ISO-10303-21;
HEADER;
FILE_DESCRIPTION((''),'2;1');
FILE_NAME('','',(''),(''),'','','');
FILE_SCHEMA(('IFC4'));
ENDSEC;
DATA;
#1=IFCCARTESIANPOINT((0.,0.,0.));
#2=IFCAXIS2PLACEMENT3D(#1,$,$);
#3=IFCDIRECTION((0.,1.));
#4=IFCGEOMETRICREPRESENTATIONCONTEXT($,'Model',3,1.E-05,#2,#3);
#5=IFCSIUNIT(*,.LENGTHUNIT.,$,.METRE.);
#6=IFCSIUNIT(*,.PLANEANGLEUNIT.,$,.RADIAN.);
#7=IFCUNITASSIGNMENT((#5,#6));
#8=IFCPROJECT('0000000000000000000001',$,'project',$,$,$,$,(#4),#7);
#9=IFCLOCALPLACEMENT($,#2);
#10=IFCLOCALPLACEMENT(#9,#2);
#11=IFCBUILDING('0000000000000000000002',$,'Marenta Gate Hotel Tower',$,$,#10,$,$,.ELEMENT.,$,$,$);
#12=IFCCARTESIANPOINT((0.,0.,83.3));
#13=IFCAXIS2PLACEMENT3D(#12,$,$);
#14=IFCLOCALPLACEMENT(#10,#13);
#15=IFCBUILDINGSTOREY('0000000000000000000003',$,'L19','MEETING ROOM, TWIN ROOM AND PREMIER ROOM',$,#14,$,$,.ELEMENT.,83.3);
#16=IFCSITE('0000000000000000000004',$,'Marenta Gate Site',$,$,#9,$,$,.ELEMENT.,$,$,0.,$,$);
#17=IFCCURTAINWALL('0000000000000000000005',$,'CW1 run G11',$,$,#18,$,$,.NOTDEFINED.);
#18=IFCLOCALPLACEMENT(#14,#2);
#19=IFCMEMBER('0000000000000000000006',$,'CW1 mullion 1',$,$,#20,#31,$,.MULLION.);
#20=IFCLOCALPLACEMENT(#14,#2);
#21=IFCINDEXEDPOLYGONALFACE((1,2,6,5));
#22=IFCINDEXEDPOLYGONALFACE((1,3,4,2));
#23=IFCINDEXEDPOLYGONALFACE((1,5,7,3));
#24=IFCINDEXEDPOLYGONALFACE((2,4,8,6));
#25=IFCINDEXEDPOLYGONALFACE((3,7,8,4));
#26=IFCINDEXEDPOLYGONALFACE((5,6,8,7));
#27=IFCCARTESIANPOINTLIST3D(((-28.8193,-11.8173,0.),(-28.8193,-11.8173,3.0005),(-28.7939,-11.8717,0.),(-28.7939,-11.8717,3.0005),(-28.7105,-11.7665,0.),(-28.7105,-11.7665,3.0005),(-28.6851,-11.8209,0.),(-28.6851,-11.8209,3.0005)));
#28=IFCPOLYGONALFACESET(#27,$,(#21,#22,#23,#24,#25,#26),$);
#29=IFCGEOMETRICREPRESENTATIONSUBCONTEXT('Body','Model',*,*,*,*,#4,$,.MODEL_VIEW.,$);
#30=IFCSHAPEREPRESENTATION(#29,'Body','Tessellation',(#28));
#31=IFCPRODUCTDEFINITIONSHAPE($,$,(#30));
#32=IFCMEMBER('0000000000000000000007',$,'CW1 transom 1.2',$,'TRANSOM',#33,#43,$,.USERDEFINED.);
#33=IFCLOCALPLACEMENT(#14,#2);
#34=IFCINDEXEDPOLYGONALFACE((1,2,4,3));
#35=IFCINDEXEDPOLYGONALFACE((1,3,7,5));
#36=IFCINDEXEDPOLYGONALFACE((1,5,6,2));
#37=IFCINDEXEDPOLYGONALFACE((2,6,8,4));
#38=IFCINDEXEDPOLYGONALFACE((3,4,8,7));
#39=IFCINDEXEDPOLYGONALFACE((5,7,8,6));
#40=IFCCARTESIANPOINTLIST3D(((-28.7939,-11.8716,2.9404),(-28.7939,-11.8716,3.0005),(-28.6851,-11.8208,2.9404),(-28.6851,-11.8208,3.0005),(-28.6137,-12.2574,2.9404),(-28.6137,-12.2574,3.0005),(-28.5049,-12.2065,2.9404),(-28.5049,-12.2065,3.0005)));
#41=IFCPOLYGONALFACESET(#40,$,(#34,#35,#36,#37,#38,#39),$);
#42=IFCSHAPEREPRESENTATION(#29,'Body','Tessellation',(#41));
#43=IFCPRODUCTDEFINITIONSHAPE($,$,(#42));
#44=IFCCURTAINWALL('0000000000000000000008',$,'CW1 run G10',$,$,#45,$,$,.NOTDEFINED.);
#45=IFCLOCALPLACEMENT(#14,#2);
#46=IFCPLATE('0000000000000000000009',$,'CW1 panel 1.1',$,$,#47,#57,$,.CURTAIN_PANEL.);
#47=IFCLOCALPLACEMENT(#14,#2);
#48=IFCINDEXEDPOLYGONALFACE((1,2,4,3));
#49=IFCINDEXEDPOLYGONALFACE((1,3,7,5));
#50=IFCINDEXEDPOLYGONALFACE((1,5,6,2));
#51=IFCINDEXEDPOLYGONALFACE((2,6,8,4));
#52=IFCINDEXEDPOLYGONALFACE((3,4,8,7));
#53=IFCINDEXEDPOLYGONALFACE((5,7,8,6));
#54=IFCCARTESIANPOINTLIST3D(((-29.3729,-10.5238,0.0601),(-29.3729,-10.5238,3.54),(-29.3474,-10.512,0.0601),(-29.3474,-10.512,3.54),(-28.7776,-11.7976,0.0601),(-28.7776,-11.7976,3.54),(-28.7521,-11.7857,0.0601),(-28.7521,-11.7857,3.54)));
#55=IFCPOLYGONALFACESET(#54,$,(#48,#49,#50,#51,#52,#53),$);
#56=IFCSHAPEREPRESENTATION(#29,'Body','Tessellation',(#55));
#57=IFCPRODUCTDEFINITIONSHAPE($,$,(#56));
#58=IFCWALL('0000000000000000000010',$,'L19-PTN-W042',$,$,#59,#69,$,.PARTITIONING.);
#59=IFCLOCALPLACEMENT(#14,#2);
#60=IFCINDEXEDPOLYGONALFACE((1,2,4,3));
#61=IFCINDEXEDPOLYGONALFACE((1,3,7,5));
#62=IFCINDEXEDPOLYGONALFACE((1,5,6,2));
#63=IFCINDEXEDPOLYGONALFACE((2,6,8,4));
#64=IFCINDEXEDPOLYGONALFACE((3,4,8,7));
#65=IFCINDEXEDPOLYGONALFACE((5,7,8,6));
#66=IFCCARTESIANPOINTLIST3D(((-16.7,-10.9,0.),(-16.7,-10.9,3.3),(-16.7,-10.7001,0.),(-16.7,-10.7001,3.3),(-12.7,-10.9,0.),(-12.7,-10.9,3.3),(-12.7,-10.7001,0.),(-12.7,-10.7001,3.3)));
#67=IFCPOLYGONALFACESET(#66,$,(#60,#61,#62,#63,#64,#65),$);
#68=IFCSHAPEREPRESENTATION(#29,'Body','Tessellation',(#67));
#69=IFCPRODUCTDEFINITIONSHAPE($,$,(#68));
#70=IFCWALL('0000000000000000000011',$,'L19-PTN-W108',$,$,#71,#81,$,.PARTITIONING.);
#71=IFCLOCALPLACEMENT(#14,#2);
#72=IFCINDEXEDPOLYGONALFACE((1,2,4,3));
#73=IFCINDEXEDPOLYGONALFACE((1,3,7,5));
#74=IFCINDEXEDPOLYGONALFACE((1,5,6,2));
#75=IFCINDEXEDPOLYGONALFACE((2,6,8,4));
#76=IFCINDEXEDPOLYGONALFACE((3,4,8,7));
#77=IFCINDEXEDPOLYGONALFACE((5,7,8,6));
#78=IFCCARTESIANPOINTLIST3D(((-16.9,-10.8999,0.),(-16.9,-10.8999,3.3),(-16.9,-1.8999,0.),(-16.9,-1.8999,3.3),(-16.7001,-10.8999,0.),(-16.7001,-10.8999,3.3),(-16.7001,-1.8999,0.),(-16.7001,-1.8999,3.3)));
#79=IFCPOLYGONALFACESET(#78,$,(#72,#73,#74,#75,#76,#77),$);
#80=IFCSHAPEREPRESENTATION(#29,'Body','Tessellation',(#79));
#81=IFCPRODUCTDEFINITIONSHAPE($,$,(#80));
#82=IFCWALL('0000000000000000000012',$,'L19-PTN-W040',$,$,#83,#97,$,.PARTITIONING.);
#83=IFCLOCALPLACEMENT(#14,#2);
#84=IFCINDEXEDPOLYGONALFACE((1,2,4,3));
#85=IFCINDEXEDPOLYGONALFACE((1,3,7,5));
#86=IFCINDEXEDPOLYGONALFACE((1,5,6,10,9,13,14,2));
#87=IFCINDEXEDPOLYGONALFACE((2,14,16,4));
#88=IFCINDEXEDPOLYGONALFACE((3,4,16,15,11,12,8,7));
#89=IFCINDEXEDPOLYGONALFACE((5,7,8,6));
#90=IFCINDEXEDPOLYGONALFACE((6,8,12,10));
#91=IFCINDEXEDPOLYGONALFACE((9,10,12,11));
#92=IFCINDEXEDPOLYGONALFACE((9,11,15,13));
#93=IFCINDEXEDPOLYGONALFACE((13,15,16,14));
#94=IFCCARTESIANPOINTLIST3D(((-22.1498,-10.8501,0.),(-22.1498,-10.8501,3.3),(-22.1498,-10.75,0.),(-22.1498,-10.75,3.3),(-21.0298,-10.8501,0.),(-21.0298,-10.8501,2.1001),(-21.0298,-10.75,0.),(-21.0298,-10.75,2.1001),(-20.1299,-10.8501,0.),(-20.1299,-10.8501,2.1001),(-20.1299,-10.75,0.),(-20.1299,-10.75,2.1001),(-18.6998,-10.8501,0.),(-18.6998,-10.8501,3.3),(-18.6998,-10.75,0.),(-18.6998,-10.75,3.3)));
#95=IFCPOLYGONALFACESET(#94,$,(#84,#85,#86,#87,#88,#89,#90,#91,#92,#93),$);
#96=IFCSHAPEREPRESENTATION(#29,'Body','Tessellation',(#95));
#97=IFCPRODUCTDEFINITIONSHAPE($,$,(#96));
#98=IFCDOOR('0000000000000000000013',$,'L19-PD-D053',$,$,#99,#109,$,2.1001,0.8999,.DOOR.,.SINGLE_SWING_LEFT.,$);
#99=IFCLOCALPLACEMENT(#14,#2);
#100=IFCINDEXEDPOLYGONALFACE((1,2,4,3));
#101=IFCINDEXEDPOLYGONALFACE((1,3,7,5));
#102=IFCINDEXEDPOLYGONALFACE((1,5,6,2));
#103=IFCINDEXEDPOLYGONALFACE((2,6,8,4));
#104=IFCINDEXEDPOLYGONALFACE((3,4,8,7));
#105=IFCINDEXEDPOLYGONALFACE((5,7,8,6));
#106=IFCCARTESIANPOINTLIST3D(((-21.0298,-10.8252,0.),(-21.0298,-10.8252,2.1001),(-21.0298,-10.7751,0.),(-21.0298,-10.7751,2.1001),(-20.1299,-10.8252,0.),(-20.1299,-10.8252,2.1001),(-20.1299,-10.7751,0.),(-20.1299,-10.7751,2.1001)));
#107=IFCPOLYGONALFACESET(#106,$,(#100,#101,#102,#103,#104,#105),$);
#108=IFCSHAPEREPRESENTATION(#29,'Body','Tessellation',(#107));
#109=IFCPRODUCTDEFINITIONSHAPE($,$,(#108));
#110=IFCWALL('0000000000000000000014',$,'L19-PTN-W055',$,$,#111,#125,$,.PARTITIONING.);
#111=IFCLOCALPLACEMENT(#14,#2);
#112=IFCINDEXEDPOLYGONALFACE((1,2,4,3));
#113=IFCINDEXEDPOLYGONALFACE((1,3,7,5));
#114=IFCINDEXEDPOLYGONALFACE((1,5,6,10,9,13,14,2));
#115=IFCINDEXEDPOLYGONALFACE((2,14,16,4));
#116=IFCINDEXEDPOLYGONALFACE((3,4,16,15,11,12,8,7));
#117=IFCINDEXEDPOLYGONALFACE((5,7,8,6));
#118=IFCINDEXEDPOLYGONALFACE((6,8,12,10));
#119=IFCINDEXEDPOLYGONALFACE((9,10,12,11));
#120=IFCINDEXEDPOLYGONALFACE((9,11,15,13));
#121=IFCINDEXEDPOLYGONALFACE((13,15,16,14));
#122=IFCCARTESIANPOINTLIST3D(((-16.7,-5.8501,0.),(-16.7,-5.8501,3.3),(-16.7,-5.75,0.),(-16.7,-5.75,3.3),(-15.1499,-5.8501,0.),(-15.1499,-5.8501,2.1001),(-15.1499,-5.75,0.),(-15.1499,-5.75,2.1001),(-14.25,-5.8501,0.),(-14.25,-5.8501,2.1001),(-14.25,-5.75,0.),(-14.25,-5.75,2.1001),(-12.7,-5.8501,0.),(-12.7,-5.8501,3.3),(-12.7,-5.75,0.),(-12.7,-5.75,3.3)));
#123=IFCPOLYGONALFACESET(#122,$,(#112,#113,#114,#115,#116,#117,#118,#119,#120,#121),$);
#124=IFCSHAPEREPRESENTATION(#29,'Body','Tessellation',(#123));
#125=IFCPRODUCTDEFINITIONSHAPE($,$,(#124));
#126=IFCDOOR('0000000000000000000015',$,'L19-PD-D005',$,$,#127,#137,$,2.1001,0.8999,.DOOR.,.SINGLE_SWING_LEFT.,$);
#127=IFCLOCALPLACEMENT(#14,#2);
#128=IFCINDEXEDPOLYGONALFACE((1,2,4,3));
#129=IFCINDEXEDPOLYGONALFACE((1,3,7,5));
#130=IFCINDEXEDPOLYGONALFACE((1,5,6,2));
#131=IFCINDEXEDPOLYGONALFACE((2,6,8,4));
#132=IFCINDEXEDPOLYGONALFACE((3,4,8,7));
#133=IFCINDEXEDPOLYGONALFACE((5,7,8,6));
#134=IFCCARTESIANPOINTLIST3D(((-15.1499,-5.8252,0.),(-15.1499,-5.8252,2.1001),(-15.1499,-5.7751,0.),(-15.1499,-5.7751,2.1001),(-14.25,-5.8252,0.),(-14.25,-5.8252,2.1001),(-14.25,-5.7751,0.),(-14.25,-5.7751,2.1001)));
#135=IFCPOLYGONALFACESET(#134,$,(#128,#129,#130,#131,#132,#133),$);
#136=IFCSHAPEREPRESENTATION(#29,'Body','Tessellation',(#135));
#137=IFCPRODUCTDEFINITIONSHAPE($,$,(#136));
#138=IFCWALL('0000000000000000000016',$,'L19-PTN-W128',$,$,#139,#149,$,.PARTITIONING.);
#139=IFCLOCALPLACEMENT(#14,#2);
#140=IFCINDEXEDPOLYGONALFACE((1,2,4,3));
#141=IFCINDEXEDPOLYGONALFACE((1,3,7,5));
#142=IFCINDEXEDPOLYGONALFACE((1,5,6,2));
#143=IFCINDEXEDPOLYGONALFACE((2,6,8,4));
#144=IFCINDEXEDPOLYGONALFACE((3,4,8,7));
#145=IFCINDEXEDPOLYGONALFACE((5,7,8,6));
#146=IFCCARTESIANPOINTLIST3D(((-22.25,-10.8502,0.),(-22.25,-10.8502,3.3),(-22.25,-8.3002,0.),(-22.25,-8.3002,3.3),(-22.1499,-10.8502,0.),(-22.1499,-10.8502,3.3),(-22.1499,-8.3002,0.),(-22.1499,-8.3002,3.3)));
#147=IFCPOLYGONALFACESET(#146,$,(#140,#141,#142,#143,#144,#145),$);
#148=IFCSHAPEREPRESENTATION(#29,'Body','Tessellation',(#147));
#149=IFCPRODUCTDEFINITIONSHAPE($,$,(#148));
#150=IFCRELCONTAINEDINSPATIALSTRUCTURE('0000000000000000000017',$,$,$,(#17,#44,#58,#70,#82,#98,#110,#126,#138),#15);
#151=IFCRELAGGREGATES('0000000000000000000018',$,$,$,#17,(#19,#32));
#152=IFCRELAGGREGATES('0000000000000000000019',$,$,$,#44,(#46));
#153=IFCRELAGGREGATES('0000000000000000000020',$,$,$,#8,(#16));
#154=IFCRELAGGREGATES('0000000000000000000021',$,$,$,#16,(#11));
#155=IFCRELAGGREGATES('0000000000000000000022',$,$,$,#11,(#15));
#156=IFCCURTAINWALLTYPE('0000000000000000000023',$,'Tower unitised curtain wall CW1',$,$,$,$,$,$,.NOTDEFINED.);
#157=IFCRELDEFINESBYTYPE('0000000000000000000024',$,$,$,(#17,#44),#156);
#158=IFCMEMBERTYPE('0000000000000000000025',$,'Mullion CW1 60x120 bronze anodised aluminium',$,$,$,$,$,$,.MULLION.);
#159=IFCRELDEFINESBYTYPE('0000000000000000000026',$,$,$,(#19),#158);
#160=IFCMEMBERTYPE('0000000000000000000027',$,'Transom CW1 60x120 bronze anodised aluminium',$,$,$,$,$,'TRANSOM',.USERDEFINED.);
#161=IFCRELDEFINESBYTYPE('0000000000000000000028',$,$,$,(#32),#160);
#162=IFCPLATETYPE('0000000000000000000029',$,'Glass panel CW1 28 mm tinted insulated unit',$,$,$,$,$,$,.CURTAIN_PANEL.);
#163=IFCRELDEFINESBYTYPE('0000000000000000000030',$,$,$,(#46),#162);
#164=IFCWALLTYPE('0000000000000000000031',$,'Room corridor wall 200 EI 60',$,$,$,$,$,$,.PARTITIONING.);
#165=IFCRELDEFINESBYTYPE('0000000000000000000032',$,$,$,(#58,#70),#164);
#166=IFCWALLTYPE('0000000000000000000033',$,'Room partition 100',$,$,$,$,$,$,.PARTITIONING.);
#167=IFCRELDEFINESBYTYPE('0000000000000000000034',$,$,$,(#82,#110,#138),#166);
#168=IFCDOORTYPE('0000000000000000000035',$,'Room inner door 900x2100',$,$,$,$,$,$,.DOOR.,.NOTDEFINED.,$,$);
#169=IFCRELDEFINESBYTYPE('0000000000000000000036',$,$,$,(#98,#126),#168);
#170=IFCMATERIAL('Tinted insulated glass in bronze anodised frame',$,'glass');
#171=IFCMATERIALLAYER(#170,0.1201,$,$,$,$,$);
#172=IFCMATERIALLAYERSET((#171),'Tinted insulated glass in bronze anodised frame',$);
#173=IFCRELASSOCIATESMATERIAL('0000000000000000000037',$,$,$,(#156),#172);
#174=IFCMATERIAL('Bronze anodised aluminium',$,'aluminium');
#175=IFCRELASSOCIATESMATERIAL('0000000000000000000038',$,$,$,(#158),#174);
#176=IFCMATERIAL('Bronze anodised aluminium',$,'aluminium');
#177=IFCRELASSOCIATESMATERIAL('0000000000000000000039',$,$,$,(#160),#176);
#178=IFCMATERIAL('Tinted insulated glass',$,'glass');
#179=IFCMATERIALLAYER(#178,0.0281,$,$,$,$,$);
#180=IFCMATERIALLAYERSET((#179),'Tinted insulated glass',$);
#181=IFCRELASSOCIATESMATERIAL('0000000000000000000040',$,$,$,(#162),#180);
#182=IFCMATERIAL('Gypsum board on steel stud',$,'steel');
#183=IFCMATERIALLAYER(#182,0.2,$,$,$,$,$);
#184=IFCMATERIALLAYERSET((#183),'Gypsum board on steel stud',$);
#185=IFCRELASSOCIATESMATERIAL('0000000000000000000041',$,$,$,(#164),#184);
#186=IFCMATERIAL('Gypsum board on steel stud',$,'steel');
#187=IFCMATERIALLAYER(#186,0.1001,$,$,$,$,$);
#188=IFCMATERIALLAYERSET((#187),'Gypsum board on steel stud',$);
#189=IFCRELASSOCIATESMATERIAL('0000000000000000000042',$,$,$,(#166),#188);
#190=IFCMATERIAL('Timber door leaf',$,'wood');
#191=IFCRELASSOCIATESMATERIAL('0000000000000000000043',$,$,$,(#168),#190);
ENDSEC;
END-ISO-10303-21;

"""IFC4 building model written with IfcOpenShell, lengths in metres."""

from ifc_helpers import new_model, si_unit, direction, frame, frame_2d, origin, origin_2d, place, context, subcontext, project, spatial, rectangle, extrude, material, layer, layer_set, material_profile, profile_set, type_object, element, fill, aggregate, save


model = new_model("IFC4")

# Units and contexts
model_context = context("Model", 3, precision=1e-05, world=origin(), true_north=direction((0.0, 1.0)))
body_context = subcontext(model_context, "Body", "Model", "MODEL_VIEW")
ifc_project = project(units=[si_unit("LENGTHUNIT", "METRE"), si_unit("PLANEANGLEUNIT", "RADIAN")], contexts=[model_context])

# Site, building, storey
site_placement = place(None, origin())
site = spatial("IfcSite", under=ifc_project, at=site_placement, Name="Marenta Gate Site", CompositionType="ELEMENT", RefElevation=0.0)
building_placement = place(site_placement, origin())
building = spatial("IfcBuilding", under=site, at=building_placement, Name="Marenta Gate Hotel Tower", CompositionType="ELEMENT")
storey_placement = place(building_placement, frame((0.0, 0.0, 83.3)))
storey = spatial("IfcBuildingStorey", under=building, at=storey_placement, Name="L19", Description="MEETING ROOM, TWIN ROOM AND PREMIER ROOM", CompositionType="ELEMENT", Elevation=83.3)

# Curtain wall, members
ifc_material_1 = material(Name="Tinted insulated glass in bronze anodised frame", Category="glass")
ifc_layer_1 = layer(ifc_material_1, 0.1201)
ifc_layer_set_1 = layer_set([ifc_layer_1], Name="Tinted insulated glass in bronze anodised frame")
curtain_wall_type = type_object("IfcCurtainWallType", Name="Tower unitised curtain wall CW1", PredefinedType="NOTDEFINED", material=ifc_layer_set_1)
curtain_wall_1_placement = place(storey_placement, origin())
curtain_wall_1 = element("IfcCurtainWall", 1, at=curtain_wall_1_placement, inside=storey, type_object=curtain_wall_type, Name="CW1 run G11", PredefinedType="NOTDEFINED")
ifc_material_2 = material(Name="Bronze anodised aluminium", Category="aluminium")
ifc_material_profile_1 = material_profile(ifc_material_2, rectangle(XDim=0.1201, YDim=0.0601, at=origin_2d()), Name="Mullion CW1 60x120 bronze anodised aluminium")
ifc_profile_set_1 = profile_set([ifc_material_profile_1], Name="Bronze anodised aluminium")
member_type_1 = type_object("IfcMemberType", Name="Mullion CW1 60x120 bronze anodised aluminium", PredefinedType="MULLION", material=ifc_profile_set_1)
member_1_placement = place(storey_placement, frame((-28.7522, -11.8191, 0.0), z_axis=(0.0, 0.0, 1.0), x_axis=(0.905967, 0.423347, 0.0)))
member_1 = element("IfcMember", 2, at=member_1_placement, type_object=member_type_1, Name="CW1 mullion 1", PredefinedType="MULLION", context=body_context, shape_type="SweptSolid", body=[
    extrude(rectangle(XDim=0.1201, YDim=0.0601, at=origin_2d()), origin(), (0.0, 0.0, 1.0), 3.0005),
])
ifc_material_3 = material(Name="Bronze anodised aluminium", Category="aluminium")
ifc_material_profile_2 = material_profile(ifc_material_3, rectangle(XDim=0.1201, YDim=0.0601, at=origin_2d()), Name="Transom CW1 60x120 bronze anodised aluminium")
ifc_profile_set_2 = profile_set([ifc_material_profile_2], Name="Bronze anodised aluminium")
member_type_2 = type_object("IfcMemberType", Name="Transom CW1 60x120 bronze anodised aluminium", ElementType="TRANSOM", PredefinedType="USERDEFINED", material=ifc_profile_set_2)
member_2_placement = place(storey_placement, frame((-28.7395, -11.8462, 2.9705), z_axis=(0.423199, -0.906037, 0.0), x_axis=(0.906037, 0.423199, 0.0)))
member_2 = element("IfcMember", 3, at=member_2_placement, type_object=member_type_2, Name="CW1 transom 1.2", ObjectType="TRANSOM", PredefinedType="USERDEFINED", context=body_context, shape_type="SweptSolid", body=[
    extrude(rectangle(XDim=0.1201, YDim=0.0601, at=origin_2d()), origin(), (0.0, 0.0, 1.0), 0.4258),
])
aggregate(curtain_wall_1, [member_1, member_2])

# Curtain wall, plate
curtain_wall_2_placement = place(storey_placement, origin())
curtain_wall_2 = element("IfcCurtainWall", 4, at=curtain_wall_2_placement, inside=storey, type_object=curtain_wall_type, Name="CW1 run G10", PredefinedType="NOTDEFINED")
ifc_material_4 = material(Name="Tinted insulated glass", Category="glass")
ifc_layer_2 = layer(ifc_material_4, 0.0281)
ifc_layer_set_2 = layer_set([ifc_layer_2], Name="Tinted insulated glass")
plate_type = type_object("IfcPlateType", Name="Glass panel CW1 28 mm tinted insulated unit", PredefinedType="CURTAIN_PANEL", material=ifc_layer_set_2)
plate_placement = place(storey_placement, frame((-29.0625, -11.1548, 0.0601), z_axis=(0.0, 0.0, 1.0), x_axis=(0.423375, -0.905955, 0.0)))
plate = element("IfcPlate", 5, at=plate_placement, type_object=plate_type, Name="CW1 panel 1.1", PredefinedType="CURTAIN_PANEL", context=body_context, shape_type="SweptSolid", body=[
    extrude(rectangle(XDim=1.406, YDim=0.0281, at=origin_2d()), origin(), (0.0, 0.0, 1.0), 3.48),
])
aggregate(curtain_wall_2, [plate])

# Wall
ifc_material_5 = material(Name="Gypsum board on steel stud", Category="steel")
ifc_layer_3 = layer(ifc_material_5, 0.2)
ifc_layer_set_3 = layer_set([ifc_layer_3], Name="Gypsum board on steel stud")
wall_type_1 = type_object("IfcWallType", Name="Room corridor wall 200 EI 60", PredefinedType="PARTITIONING", material=ifc_layer_set_3)
wall_1_placement = place(storey_placement, frame((-16.7, -10.8, 0.0), z_axis=(0.0, 0.0, 1.0), x_axis=(1.0, 0.0, 0.0)))
element("IfcWall", 6, at=wall_1_placement, inside=storey, type_object=wall_type_1, Name="L19-PTN-W042", PredefinedType="PARTITIONING", context=body_context, shape_type="SweptSolid", body=[
    extrude(rectangle(XDim=4.0, YDim=0.2, at=frame_2d((2.0, 0.0))), origin(), (0.0, 0.0, 1.0), 3.3),
])

# Wall
wall_2_placement = place(storey_placement, frame((-16.8, -10.8999, 0.0), z_axis=(0.0, 0.0, 1.0), x_axis=(0.0, 1.0, 0.0)))
element("IfcWall", 7, at=wall_2_placement, inside=storey, type_object=wall_type_1, Name="L19-PTN-W108", PredefinedType="PARTITIONING", context=body_context, shape_type="SweptSolid", body=[
    extrude(rectangle(XDim=9.0, YDim=0.2, at=frame_2d((4.5, 0.0))), origin(), (0.0, 0.0, 1.0), 3.3),
])

# Walls, openings, doors
ifc_material_6 = material(Name="Gypsum board on steel stud", Category="steel")
ifc_layer_4 = layer(ifc_material_6, 0.1001)
ifc_layer_set_4 = layer_set([ifc_layer_4], Name="Gypsum board on steel stud")
wall_type_2 = type_object("IfcWallType", Name="Room partition 100", PredefinedType="PARTITIONING", material=ifc_layer_set_4)
wall_3_placement = place(storey_placement, frame((-22.1499, -10.8, 0.0), z_axis=(0.0, 0.0, 1.0), x_axis=(1.0, 0.0, 0.0)))
wall_3 = element("IfcWall", 8, at=wall_3_placement, inside=storey, type_object=wall_type_2, Name="L19-PTN-W040", PredefinedType="PARTITIONING", context=body_context, shape_type="SweptSolid", body=[
    extrude(rectangle(XDim=3.45, YDim=0.1001, at=frame_2d((1.7251, 0.0))), origin(), (0.0, 0.0, 1.0), 3.3),
])
opening_1_placement = place(wall_3_placement, frame((1.1201, 0.0, 0.0)))
opening_1 = element("IfcOpeningElement", 9, at=opening_1_placement, cuts=wall_3, PredefinedType="OPENING", context=body_context, shape_type="SweptSolid", body=[
    extrude(rectangle(XDim=0.8999, YDim=2.1001, at=frame_2d((0.45, 1.05))), frame((0.0, 0.05, 0.0), z_axis=(0.0, -1.0, 0.0), x_axis=(1.0, 0.0, 0.0)), (0.0, 0.0, 1.0), 0.1001),
])
ifc_material_7 = material(Name="Timber door leaf", Category="wood")
door_type_1 = type_object("IfcDoorType", Name="Room inner door 900x2100", OperationType="NOTDEFINED", PredefinedType="DOOR", material=ifc_material_7)
door_1_placement = place(opening_1_placement, origin())
door_1 = element("IfcDoor", 10, at=door_1_placement, inside=storey, type_object=door_type_1, Name="L19-PD-D053", OperationType="SINGLE_SWING_LEFT", OverallHeight=2.1001, OverallWidth=0.8999, PredefinedType="DOOR", context=body_context, shape_type="SweptSolid", body=[
    extrude(rectangle(XDim=0.8999, YDim=2.1001, at=frame_2d((0.45, 1.05))), frame((0.0, 0.0249, 0.0), z_axis=(0.0, -1.0, 0.0), x_axis=(1.0, 0.0, 0.0)), (0.0, 0.0, 1.0), 0.05),
])
fill(opening_1, door_1)
wall_4_placement = place(storey_placement, frame((-16.7, -5.8, 0.0), z_axis=(0.0, 0.0, 1.0), x_axis=(1.0, 0.0, 0.0)))
wall_4 = element("IfcWall", 11, at=wall_4_placement, inside=storey, type_object=wall_type_2, Name="L19-PTN-W055", PredefinedType="PARTITIONING", context=body_context, shape_type="SweptSolid", body=[
    extrude(rectangle(XDim=4.0, YDim=0.1001, at=frame_2d((2.0, 0.0))), origin(), (0.0, 0.0, 1.0), 3.3),
])
opening_2_placement = place(wall_4_placement, frame((1.55, 0.0, 0.0)))
opening_2 = element("IfcOpeningElement", 12, at=opening_2_placement, cuts=wall_4, PredefinedType="OPENING", context=body_context, shape_type="SweptSolid", body=[
    extrude(rectangle(XDim=0.8999, YDim=2.1001, at=frame_2d((0.45, 1.05))), frame((0.0, 0.05, 0.0), z_axis=(0.0, -1.0, 0.0), x_axis=(1.0, 0.0, 0.0)), (0.0, 0.0, 1.0), 0.1001),
])
door_2_placement = place(opening_2_placement, origin())
door_2 = element("IfcDoor", 13, at=door_2_placement, inside=storey, type_object=door_type_1, Name="L19-PD-D005", OperationType="SINGLE_SWING_LEFT", OverallHeight=2.1001, OverallWidth=0.8999, PredefinedType="DOOR", context=body_context, shape_type="SweptSolid", body=[
    extrude(rectangle(XDim=0.8999, YDim=2.1001, at=frame_2d((0.45, 1.05))), frame((0.0, 0.0249, 0.0), z_axis=(0.0, -1.0, 0.0), x_axis=(1.0, 0.0, 0.0)), (0.0, 0.0, 1.0), 0.05),
])
fill(opening_2, door_2)

# Wall
wall_5_placement = place(storey_placement, frame((-22.2, -10.8501, 0.0), z_axis=(0.0, 0.0, 1.0), x_axis=(0.0, 1.0, 0.0)))
element("IfcWall", 14, at=wall_5_placement, inside=storey, type_object=wall_type_2, Name="L19-PTN-W128", PredefinedType="PARTITIONING", context=body_context, shape_type="SweptSolid", body=[
    extrude(rectangle(XDim=2.55, YDim=0.1001, at=frame_2d((1.2749, 0.0))), origin(), (0.0, 0.0, 1.0), 3.3),
])

save(model, "model.ifc")
